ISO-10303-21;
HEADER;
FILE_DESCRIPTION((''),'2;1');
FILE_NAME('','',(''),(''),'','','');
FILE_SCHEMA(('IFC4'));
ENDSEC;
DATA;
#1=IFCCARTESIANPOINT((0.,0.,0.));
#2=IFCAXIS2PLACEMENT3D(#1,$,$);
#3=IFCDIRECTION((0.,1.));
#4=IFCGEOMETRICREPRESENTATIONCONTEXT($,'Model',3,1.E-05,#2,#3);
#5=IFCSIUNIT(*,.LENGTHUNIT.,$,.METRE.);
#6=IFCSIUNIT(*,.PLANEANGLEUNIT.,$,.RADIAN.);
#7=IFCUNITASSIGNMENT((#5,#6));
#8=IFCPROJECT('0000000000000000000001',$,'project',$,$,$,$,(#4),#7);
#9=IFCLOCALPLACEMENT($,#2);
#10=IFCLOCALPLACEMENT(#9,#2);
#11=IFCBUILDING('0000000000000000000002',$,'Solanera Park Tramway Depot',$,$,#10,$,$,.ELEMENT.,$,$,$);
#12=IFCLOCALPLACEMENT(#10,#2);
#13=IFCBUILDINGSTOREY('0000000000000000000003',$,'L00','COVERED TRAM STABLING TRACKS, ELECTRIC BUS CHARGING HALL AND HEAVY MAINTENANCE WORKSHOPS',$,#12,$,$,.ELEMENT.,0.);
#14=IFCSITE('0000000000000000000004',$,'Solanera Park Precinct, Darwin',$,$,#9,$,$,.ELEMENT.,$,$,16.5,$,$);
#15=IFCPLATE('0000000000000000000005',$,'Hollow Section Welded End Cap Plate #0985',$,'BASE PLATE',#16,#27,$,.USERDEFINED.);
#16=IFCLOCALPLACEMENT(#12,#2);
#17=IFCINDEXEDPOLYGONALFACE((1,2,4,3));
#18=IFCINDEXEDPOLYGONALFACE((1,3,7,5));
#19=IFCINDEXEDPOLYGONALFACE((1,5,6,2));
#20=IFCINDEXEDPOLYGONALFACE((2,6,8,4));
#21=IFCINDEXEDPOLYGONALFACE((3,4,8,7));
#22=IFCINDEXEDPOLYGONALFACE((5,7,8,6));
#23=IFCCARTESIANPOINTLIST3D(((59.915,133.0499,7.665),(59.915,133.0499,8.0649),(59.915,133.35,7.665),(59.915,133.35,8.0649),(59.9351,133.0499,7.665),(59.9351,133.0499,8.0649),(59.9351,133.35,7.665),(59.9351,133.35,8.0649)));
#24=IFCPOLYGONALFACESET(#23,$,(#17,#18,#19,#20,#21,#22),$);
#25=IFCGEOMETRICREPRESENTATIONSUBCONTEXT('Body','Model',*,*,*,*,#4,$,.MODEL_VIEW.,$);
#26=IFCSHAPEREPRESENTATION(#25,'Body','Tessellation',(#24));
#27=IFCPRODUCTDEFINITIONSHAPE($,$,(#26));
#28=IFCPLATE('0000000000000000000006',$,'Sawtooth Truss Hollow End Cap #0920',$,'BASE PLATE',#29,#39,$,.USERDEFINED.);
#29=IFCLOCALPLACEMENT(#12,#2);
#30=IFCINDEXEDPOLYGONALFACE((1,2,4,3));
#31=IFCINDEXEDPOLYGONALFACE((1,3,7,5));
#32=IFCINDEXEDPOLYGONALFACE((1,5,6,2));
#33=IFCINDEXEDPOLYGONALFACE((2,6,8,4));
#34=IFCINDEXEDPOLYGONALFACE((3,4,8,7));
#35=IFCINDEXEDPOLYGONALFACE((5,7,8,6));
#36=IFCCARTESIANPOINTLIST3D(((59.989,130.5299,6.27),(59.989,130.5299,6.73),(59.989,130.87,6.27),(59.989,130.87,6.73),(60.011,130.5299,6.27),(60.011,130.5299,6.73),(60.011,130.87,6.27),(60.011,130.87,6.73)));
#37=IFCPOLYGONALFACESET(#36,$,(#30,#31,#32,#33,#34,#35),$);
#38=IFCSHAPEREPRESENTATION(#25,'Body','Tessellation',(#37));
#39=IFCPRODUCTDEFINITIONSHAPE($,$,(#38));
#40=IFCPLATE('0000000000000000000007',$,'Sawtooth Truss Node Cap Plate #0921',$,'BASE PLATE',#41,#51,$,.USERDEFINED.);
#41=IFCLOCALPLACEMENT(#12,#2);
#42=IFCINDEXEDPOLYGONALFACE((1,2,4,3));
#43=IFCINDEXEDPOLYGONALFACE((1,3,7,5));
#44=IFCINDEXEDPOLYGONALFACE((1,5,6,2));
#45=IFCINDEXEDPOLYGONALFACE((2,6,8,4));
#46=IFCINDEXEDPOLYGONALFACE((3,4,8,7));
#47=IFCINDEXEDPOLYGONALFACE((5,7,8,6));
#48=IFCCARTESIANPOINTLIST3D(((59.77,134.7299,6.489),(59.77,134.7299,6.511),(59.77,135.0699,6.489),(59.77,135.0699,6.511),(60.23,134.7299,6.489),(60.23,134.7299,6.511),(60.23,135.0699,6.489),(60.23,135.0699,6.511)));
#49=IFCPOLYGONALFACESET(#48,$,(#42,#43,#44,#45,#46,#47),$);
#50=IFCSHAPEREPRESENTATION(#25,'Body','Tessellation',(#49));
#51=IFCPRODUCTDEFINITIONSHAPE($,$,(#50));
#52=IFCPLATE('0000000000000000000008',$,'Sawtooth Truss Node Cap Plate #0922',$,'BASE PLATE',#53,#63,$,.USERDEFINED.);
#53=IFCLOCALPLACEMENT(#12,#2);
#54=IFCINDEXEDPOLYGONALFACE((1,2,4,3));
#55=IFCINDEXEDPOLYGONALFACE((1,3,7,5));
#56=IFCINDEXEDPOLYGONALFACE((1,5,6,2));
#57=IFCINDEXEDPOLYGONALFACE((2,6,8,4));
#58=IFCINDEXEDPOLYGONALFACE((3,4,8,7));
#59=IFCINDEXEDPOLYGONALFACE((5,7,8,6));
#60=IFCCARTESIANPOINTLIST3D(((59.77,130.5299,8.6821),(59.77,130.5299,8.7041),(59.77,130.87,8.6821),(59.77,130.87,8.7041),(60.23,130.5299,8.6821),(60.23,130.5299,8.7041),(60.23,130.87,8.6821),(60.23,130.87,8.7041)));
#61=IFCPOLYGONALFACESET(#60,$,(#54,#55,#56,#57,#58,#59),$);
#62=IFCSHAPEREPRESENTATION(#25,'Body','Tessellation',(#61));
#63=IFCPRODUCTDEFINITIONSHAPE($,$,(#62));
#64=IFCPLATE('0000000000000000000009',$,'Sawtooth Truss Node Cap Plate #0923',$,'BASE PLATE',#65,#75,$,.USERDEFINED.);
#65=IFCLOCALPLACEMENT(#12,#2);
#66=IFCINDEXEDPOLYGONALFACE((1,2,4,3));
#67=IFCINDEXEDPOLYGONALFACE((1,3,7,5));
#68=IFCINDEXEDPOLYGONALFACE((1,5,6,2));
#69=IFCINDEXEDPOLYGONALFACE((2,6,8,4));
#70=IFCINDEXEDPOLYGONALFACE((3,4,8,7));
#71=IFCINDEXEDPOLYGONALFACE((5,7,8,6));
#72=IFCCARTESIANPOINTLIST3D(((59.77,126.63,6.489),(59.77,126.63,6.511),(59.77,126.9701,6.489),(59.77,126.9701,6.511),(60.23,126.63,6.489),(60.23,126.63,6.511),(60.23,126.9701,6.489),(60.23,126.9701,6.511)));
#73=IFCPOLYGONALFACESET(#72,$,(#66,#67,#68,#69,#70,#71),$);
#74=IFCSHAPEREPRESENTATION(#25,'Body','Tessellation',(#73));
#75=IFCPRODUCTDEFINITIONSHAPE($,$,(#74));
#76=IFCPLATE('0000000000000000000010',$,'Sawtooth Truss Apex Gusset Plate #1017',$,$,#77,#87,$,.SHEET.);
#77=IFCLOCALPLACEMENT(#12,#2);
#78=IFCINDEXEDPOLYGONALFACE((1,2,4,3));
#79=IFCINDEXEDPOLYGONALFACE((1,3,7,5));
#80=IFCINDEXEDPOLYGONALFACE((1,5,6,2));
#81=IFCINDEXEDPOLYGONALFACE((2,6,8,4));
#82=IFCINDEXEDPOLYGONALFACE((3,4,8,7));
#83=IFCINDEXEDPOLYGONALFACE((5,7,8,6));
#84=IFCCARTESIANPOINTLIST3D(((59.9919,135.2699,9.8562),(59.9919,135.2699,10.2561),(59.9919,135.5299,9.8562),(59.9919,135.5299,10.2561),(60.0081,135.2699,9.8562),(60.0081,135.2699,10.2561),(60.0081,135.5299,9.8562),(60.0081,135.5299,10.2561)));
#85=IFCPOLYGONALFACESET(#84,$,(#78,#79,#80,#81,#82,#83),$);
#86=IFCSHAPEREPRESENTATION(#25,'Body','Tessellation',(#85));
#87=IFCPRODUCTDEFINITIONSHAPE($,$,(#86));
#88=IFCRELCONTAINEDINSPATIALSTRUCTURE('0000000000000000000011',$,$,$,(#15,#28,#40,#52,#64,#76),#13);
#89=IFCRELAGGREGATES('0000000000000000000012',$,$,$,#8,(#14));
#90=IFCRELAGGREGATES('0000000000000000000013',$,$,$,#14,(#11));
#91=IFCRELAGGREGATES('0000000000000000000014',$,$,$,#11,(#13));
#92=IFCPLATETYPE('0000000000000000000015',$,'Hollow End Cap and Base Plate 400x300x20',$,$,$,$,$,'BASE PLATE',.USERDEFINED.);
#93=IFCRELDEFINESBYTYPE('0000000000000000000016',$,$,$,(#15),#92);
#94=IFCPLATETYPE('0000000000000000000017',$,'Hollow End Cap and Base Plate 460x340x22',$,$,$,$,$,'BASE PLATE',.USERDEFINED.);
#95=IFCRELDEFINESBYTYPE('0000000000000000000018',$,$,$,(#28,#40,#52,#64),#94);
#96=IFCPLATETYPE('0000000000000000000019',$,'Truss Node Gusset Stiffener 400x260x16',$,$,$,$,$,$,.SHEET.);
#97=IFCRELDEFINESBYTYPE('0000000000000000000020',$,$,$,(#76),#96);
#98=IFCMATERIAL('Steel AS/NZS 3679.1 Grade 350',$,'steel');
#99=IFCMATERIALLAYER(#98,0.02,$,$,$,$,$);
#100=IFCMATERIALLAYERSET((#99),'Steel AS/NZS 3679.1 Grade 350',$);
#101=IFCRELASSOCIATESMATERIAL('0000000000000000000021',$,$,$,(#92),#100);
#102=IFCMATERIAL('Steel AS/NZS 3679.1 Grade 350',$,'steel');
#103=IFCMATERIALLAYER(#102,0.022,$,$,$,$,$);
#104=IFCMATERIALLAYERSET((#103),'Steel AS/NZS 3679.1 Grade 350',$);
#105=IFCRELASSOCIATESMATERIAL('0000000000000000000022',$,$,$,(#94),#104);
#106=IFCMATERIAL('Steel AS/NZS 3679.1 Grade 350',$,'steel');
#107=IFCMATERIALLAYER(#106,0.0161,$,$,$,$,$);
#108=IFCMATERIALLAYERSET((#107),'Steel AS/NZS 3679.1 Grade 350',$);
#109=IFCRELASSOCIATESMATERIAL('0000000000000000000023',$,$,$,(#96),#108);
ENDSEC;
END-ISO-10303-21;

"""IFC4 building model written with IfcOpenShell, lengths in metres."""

from ifc_helpers import new_model, si_unit, direction, frame, origin, origin_2d, place, context, subcontext, project, spatial, rectangle, extrude, material, layer, layer_set, type_object, element, save


model = new_model("IFC4")

# Units and contexts
model_context = context("Model", 3, precision=1e-05, world=origin(), true_north=direction((0.0, 1.0)))
body_context = subcontext(model_context, "Body", "Model", "MODEL_VIEW")
ifc_project = project(units=[si_unit("LENGTHUNIT", "METRE"), si_unit("PLANEANGLEUNIT", "RADIAN")], contexts=[model_context])

# Site, building, storey
site_placement = place(None, origin())
site = spatial("IfcSite", under=ifc_project, at=site_placement, Name="Solanera Park Precinct, Darwin", CompositionType="ELEMENT", RefElevation=16.5)
building_placement = place(site_placement, origin())
building = spatial("IfcBuilding", under=site, at=building_placement, Name="Solanera Park Tramway Depot", CompositionType="ELEMENT")
storey_placement = place(building_placement, origin())
storey = spatial("IfcBuildingStorey", under=building, at=storey_placement, Name="L00", Description="COVERED TRAM STABLING TRACKS, ELECTRIC BUS CHARGING HALL AND HEAVY MAINTENANCE WORKSHOPS", CompositionType="ELEMENT", Elevation=0.0)

# Plates
ifc_material_1 = material(Name="Steel AS/NZS 3679.1 Grade 350", Category="steel")
ifc_layer_1 = layer(ifc_material_1, 0.02)
ifc_layer_set_1 = layer_set([ifc_layer_1], Name="Steel AS/NZS 3679.1 Grade 350")
plate_type_1 = type_object("IfcPlateType", Name="Hollow End Cap and Base Plate 400x300x20", ElementType="BASE PLATE", PredefinedType="USERDEFINED", material=ifc_layer_set_1)
plate_1_placement = place(storey_placement, frame((59.925, 133.2, 7.665), z_axis=(0.0, 0.0, 1.0), x_axis=(1.0, 0.0, 0.0)))
element("IfcPlate", 1, at=plate_1_placement, inside=storey, type_object=plate_type_1, Name="Hollow Section Welded End Cap Plate #0985", ObjectType="BASE PLATE", PredefinedType="USERDEFINED", context=body_context, shape_type="SweptSolid", body=[
    extrude(rectangle(XDim=0.02, YDim=0.3, at=origin_2d()), origin(), (0.0, 0.0, 1.0), 0.3999),
])
ifc_material_2 = material(Name="Steel AS/NZS 3679.1 Grade 350", Category="steel")
ifc_layer_2 = layer(ifc_material_2, 0.022)
ifc_layer_set_2 = layer_set([ifc_layer_2], Name="Steel AS/NZS 3679.1 Grade 350")
plate_type_2 = type_object("IfcPlateType", Name="Hollow End Cap and Base Plate 460x340x22", ElementType="BASE PLATE", PredefinedType="USERDEFINED", material=ifc_layer_set_2)
plate_2_placement = place(storey_placement, frame((60.0, 130.7, 6.27), z_axis=(0.0, 0.0, 1.0), x_axis=(1.0, 0.0, 0.0)))
element("IfcPlate", 2, at=plate_2_placement, inside=storey, type_object=plate_type_2, Name="Sawtooth Truss Hollow End Cap #0920", ObjectType="BASE PLATE", PredefinedType="USERDEFINED", context=body_context, shape_type="SweptSolid", body=[
    extrude(rectangle(XDim=0.022, YDim=0.3401, at=origin_2d()), origin(), (0.0, 0.0, 1.0), 0.46),
])
for number, where, z_axis, x_axis, name in (
    (3, (60.0, 134.8999, 6.489), (0.0, 0.0, 1.0), (1.0, 0.0, 0.0), "Sawtooth Truss Node Cap Plate #0921"),
    (4, (60.0, 130.7, 8.6821), (0.0, 0.0, 1.0), (1.0, 0.0, 0.0), "Sawtooth Truss Node Cap Plate #0922"),
    (5, (60.0, 126.8, 6.489), (0.0, 0.0, 1.0), (1.0, 0.0, 0.0), "Sawtooth Truss Node Cap Plate #0923"),
):
    element("IfcPlate", number, at=place(storey_placement, frame(where, z_axis=z_axis, x_axis=x_axis)), inside=storey, type_object=plate_type_2, Name=name, ObjectType="BASE PLATE", PredefinedType="USERDEFINED", context=body_context, shape_type="SweptSolid", body=[
        extrude(rectangle(XDim=0.46, YDim=0.3401, at=origin_2d()), origin(), (0.0, 0.0, 1.0), 0.022),
    ])
ifc_material_3 = material(Name="Steel AS/NZS 3679.1 Grade 350", Category="steel")
ifc_layer_3 = layer(ifc_material_3, 0.0161)
ifc_layer_set_3 = layer_set([ifc_layer_3], Name="Steel AS/NZS 3679.1 Grade 350")
plate_type_3 = type_object("IfcPlateType", Name="Truss Node Gusset Stiffener 400x260x16", PredefinedType="SHEET", material=ifc_layer_set_3)
plate_3_placement = place(storey_placement, frame((60.0, 135.3999, 9.8562), z_axis=(0.0, 0.0, 1.0), x_axis=(1.0, 0.0, 0.0)))
element("IfcPlate", 6, at=plate_3_placement, inside=storey, type_object=plate_type_3, Name="Sawtooth Truss Apex Gusset Plate #1017", PredefinedType="SHEET", context=body_context, shape_type="SweptSolid", body=[
    extrude(rectangle(XDim=0.0161, YDim=0.26, at=origin_2d()), origin(), (0.0, 0.0, 1.0), 0.3999),
])

save(model, "model.ifc")
